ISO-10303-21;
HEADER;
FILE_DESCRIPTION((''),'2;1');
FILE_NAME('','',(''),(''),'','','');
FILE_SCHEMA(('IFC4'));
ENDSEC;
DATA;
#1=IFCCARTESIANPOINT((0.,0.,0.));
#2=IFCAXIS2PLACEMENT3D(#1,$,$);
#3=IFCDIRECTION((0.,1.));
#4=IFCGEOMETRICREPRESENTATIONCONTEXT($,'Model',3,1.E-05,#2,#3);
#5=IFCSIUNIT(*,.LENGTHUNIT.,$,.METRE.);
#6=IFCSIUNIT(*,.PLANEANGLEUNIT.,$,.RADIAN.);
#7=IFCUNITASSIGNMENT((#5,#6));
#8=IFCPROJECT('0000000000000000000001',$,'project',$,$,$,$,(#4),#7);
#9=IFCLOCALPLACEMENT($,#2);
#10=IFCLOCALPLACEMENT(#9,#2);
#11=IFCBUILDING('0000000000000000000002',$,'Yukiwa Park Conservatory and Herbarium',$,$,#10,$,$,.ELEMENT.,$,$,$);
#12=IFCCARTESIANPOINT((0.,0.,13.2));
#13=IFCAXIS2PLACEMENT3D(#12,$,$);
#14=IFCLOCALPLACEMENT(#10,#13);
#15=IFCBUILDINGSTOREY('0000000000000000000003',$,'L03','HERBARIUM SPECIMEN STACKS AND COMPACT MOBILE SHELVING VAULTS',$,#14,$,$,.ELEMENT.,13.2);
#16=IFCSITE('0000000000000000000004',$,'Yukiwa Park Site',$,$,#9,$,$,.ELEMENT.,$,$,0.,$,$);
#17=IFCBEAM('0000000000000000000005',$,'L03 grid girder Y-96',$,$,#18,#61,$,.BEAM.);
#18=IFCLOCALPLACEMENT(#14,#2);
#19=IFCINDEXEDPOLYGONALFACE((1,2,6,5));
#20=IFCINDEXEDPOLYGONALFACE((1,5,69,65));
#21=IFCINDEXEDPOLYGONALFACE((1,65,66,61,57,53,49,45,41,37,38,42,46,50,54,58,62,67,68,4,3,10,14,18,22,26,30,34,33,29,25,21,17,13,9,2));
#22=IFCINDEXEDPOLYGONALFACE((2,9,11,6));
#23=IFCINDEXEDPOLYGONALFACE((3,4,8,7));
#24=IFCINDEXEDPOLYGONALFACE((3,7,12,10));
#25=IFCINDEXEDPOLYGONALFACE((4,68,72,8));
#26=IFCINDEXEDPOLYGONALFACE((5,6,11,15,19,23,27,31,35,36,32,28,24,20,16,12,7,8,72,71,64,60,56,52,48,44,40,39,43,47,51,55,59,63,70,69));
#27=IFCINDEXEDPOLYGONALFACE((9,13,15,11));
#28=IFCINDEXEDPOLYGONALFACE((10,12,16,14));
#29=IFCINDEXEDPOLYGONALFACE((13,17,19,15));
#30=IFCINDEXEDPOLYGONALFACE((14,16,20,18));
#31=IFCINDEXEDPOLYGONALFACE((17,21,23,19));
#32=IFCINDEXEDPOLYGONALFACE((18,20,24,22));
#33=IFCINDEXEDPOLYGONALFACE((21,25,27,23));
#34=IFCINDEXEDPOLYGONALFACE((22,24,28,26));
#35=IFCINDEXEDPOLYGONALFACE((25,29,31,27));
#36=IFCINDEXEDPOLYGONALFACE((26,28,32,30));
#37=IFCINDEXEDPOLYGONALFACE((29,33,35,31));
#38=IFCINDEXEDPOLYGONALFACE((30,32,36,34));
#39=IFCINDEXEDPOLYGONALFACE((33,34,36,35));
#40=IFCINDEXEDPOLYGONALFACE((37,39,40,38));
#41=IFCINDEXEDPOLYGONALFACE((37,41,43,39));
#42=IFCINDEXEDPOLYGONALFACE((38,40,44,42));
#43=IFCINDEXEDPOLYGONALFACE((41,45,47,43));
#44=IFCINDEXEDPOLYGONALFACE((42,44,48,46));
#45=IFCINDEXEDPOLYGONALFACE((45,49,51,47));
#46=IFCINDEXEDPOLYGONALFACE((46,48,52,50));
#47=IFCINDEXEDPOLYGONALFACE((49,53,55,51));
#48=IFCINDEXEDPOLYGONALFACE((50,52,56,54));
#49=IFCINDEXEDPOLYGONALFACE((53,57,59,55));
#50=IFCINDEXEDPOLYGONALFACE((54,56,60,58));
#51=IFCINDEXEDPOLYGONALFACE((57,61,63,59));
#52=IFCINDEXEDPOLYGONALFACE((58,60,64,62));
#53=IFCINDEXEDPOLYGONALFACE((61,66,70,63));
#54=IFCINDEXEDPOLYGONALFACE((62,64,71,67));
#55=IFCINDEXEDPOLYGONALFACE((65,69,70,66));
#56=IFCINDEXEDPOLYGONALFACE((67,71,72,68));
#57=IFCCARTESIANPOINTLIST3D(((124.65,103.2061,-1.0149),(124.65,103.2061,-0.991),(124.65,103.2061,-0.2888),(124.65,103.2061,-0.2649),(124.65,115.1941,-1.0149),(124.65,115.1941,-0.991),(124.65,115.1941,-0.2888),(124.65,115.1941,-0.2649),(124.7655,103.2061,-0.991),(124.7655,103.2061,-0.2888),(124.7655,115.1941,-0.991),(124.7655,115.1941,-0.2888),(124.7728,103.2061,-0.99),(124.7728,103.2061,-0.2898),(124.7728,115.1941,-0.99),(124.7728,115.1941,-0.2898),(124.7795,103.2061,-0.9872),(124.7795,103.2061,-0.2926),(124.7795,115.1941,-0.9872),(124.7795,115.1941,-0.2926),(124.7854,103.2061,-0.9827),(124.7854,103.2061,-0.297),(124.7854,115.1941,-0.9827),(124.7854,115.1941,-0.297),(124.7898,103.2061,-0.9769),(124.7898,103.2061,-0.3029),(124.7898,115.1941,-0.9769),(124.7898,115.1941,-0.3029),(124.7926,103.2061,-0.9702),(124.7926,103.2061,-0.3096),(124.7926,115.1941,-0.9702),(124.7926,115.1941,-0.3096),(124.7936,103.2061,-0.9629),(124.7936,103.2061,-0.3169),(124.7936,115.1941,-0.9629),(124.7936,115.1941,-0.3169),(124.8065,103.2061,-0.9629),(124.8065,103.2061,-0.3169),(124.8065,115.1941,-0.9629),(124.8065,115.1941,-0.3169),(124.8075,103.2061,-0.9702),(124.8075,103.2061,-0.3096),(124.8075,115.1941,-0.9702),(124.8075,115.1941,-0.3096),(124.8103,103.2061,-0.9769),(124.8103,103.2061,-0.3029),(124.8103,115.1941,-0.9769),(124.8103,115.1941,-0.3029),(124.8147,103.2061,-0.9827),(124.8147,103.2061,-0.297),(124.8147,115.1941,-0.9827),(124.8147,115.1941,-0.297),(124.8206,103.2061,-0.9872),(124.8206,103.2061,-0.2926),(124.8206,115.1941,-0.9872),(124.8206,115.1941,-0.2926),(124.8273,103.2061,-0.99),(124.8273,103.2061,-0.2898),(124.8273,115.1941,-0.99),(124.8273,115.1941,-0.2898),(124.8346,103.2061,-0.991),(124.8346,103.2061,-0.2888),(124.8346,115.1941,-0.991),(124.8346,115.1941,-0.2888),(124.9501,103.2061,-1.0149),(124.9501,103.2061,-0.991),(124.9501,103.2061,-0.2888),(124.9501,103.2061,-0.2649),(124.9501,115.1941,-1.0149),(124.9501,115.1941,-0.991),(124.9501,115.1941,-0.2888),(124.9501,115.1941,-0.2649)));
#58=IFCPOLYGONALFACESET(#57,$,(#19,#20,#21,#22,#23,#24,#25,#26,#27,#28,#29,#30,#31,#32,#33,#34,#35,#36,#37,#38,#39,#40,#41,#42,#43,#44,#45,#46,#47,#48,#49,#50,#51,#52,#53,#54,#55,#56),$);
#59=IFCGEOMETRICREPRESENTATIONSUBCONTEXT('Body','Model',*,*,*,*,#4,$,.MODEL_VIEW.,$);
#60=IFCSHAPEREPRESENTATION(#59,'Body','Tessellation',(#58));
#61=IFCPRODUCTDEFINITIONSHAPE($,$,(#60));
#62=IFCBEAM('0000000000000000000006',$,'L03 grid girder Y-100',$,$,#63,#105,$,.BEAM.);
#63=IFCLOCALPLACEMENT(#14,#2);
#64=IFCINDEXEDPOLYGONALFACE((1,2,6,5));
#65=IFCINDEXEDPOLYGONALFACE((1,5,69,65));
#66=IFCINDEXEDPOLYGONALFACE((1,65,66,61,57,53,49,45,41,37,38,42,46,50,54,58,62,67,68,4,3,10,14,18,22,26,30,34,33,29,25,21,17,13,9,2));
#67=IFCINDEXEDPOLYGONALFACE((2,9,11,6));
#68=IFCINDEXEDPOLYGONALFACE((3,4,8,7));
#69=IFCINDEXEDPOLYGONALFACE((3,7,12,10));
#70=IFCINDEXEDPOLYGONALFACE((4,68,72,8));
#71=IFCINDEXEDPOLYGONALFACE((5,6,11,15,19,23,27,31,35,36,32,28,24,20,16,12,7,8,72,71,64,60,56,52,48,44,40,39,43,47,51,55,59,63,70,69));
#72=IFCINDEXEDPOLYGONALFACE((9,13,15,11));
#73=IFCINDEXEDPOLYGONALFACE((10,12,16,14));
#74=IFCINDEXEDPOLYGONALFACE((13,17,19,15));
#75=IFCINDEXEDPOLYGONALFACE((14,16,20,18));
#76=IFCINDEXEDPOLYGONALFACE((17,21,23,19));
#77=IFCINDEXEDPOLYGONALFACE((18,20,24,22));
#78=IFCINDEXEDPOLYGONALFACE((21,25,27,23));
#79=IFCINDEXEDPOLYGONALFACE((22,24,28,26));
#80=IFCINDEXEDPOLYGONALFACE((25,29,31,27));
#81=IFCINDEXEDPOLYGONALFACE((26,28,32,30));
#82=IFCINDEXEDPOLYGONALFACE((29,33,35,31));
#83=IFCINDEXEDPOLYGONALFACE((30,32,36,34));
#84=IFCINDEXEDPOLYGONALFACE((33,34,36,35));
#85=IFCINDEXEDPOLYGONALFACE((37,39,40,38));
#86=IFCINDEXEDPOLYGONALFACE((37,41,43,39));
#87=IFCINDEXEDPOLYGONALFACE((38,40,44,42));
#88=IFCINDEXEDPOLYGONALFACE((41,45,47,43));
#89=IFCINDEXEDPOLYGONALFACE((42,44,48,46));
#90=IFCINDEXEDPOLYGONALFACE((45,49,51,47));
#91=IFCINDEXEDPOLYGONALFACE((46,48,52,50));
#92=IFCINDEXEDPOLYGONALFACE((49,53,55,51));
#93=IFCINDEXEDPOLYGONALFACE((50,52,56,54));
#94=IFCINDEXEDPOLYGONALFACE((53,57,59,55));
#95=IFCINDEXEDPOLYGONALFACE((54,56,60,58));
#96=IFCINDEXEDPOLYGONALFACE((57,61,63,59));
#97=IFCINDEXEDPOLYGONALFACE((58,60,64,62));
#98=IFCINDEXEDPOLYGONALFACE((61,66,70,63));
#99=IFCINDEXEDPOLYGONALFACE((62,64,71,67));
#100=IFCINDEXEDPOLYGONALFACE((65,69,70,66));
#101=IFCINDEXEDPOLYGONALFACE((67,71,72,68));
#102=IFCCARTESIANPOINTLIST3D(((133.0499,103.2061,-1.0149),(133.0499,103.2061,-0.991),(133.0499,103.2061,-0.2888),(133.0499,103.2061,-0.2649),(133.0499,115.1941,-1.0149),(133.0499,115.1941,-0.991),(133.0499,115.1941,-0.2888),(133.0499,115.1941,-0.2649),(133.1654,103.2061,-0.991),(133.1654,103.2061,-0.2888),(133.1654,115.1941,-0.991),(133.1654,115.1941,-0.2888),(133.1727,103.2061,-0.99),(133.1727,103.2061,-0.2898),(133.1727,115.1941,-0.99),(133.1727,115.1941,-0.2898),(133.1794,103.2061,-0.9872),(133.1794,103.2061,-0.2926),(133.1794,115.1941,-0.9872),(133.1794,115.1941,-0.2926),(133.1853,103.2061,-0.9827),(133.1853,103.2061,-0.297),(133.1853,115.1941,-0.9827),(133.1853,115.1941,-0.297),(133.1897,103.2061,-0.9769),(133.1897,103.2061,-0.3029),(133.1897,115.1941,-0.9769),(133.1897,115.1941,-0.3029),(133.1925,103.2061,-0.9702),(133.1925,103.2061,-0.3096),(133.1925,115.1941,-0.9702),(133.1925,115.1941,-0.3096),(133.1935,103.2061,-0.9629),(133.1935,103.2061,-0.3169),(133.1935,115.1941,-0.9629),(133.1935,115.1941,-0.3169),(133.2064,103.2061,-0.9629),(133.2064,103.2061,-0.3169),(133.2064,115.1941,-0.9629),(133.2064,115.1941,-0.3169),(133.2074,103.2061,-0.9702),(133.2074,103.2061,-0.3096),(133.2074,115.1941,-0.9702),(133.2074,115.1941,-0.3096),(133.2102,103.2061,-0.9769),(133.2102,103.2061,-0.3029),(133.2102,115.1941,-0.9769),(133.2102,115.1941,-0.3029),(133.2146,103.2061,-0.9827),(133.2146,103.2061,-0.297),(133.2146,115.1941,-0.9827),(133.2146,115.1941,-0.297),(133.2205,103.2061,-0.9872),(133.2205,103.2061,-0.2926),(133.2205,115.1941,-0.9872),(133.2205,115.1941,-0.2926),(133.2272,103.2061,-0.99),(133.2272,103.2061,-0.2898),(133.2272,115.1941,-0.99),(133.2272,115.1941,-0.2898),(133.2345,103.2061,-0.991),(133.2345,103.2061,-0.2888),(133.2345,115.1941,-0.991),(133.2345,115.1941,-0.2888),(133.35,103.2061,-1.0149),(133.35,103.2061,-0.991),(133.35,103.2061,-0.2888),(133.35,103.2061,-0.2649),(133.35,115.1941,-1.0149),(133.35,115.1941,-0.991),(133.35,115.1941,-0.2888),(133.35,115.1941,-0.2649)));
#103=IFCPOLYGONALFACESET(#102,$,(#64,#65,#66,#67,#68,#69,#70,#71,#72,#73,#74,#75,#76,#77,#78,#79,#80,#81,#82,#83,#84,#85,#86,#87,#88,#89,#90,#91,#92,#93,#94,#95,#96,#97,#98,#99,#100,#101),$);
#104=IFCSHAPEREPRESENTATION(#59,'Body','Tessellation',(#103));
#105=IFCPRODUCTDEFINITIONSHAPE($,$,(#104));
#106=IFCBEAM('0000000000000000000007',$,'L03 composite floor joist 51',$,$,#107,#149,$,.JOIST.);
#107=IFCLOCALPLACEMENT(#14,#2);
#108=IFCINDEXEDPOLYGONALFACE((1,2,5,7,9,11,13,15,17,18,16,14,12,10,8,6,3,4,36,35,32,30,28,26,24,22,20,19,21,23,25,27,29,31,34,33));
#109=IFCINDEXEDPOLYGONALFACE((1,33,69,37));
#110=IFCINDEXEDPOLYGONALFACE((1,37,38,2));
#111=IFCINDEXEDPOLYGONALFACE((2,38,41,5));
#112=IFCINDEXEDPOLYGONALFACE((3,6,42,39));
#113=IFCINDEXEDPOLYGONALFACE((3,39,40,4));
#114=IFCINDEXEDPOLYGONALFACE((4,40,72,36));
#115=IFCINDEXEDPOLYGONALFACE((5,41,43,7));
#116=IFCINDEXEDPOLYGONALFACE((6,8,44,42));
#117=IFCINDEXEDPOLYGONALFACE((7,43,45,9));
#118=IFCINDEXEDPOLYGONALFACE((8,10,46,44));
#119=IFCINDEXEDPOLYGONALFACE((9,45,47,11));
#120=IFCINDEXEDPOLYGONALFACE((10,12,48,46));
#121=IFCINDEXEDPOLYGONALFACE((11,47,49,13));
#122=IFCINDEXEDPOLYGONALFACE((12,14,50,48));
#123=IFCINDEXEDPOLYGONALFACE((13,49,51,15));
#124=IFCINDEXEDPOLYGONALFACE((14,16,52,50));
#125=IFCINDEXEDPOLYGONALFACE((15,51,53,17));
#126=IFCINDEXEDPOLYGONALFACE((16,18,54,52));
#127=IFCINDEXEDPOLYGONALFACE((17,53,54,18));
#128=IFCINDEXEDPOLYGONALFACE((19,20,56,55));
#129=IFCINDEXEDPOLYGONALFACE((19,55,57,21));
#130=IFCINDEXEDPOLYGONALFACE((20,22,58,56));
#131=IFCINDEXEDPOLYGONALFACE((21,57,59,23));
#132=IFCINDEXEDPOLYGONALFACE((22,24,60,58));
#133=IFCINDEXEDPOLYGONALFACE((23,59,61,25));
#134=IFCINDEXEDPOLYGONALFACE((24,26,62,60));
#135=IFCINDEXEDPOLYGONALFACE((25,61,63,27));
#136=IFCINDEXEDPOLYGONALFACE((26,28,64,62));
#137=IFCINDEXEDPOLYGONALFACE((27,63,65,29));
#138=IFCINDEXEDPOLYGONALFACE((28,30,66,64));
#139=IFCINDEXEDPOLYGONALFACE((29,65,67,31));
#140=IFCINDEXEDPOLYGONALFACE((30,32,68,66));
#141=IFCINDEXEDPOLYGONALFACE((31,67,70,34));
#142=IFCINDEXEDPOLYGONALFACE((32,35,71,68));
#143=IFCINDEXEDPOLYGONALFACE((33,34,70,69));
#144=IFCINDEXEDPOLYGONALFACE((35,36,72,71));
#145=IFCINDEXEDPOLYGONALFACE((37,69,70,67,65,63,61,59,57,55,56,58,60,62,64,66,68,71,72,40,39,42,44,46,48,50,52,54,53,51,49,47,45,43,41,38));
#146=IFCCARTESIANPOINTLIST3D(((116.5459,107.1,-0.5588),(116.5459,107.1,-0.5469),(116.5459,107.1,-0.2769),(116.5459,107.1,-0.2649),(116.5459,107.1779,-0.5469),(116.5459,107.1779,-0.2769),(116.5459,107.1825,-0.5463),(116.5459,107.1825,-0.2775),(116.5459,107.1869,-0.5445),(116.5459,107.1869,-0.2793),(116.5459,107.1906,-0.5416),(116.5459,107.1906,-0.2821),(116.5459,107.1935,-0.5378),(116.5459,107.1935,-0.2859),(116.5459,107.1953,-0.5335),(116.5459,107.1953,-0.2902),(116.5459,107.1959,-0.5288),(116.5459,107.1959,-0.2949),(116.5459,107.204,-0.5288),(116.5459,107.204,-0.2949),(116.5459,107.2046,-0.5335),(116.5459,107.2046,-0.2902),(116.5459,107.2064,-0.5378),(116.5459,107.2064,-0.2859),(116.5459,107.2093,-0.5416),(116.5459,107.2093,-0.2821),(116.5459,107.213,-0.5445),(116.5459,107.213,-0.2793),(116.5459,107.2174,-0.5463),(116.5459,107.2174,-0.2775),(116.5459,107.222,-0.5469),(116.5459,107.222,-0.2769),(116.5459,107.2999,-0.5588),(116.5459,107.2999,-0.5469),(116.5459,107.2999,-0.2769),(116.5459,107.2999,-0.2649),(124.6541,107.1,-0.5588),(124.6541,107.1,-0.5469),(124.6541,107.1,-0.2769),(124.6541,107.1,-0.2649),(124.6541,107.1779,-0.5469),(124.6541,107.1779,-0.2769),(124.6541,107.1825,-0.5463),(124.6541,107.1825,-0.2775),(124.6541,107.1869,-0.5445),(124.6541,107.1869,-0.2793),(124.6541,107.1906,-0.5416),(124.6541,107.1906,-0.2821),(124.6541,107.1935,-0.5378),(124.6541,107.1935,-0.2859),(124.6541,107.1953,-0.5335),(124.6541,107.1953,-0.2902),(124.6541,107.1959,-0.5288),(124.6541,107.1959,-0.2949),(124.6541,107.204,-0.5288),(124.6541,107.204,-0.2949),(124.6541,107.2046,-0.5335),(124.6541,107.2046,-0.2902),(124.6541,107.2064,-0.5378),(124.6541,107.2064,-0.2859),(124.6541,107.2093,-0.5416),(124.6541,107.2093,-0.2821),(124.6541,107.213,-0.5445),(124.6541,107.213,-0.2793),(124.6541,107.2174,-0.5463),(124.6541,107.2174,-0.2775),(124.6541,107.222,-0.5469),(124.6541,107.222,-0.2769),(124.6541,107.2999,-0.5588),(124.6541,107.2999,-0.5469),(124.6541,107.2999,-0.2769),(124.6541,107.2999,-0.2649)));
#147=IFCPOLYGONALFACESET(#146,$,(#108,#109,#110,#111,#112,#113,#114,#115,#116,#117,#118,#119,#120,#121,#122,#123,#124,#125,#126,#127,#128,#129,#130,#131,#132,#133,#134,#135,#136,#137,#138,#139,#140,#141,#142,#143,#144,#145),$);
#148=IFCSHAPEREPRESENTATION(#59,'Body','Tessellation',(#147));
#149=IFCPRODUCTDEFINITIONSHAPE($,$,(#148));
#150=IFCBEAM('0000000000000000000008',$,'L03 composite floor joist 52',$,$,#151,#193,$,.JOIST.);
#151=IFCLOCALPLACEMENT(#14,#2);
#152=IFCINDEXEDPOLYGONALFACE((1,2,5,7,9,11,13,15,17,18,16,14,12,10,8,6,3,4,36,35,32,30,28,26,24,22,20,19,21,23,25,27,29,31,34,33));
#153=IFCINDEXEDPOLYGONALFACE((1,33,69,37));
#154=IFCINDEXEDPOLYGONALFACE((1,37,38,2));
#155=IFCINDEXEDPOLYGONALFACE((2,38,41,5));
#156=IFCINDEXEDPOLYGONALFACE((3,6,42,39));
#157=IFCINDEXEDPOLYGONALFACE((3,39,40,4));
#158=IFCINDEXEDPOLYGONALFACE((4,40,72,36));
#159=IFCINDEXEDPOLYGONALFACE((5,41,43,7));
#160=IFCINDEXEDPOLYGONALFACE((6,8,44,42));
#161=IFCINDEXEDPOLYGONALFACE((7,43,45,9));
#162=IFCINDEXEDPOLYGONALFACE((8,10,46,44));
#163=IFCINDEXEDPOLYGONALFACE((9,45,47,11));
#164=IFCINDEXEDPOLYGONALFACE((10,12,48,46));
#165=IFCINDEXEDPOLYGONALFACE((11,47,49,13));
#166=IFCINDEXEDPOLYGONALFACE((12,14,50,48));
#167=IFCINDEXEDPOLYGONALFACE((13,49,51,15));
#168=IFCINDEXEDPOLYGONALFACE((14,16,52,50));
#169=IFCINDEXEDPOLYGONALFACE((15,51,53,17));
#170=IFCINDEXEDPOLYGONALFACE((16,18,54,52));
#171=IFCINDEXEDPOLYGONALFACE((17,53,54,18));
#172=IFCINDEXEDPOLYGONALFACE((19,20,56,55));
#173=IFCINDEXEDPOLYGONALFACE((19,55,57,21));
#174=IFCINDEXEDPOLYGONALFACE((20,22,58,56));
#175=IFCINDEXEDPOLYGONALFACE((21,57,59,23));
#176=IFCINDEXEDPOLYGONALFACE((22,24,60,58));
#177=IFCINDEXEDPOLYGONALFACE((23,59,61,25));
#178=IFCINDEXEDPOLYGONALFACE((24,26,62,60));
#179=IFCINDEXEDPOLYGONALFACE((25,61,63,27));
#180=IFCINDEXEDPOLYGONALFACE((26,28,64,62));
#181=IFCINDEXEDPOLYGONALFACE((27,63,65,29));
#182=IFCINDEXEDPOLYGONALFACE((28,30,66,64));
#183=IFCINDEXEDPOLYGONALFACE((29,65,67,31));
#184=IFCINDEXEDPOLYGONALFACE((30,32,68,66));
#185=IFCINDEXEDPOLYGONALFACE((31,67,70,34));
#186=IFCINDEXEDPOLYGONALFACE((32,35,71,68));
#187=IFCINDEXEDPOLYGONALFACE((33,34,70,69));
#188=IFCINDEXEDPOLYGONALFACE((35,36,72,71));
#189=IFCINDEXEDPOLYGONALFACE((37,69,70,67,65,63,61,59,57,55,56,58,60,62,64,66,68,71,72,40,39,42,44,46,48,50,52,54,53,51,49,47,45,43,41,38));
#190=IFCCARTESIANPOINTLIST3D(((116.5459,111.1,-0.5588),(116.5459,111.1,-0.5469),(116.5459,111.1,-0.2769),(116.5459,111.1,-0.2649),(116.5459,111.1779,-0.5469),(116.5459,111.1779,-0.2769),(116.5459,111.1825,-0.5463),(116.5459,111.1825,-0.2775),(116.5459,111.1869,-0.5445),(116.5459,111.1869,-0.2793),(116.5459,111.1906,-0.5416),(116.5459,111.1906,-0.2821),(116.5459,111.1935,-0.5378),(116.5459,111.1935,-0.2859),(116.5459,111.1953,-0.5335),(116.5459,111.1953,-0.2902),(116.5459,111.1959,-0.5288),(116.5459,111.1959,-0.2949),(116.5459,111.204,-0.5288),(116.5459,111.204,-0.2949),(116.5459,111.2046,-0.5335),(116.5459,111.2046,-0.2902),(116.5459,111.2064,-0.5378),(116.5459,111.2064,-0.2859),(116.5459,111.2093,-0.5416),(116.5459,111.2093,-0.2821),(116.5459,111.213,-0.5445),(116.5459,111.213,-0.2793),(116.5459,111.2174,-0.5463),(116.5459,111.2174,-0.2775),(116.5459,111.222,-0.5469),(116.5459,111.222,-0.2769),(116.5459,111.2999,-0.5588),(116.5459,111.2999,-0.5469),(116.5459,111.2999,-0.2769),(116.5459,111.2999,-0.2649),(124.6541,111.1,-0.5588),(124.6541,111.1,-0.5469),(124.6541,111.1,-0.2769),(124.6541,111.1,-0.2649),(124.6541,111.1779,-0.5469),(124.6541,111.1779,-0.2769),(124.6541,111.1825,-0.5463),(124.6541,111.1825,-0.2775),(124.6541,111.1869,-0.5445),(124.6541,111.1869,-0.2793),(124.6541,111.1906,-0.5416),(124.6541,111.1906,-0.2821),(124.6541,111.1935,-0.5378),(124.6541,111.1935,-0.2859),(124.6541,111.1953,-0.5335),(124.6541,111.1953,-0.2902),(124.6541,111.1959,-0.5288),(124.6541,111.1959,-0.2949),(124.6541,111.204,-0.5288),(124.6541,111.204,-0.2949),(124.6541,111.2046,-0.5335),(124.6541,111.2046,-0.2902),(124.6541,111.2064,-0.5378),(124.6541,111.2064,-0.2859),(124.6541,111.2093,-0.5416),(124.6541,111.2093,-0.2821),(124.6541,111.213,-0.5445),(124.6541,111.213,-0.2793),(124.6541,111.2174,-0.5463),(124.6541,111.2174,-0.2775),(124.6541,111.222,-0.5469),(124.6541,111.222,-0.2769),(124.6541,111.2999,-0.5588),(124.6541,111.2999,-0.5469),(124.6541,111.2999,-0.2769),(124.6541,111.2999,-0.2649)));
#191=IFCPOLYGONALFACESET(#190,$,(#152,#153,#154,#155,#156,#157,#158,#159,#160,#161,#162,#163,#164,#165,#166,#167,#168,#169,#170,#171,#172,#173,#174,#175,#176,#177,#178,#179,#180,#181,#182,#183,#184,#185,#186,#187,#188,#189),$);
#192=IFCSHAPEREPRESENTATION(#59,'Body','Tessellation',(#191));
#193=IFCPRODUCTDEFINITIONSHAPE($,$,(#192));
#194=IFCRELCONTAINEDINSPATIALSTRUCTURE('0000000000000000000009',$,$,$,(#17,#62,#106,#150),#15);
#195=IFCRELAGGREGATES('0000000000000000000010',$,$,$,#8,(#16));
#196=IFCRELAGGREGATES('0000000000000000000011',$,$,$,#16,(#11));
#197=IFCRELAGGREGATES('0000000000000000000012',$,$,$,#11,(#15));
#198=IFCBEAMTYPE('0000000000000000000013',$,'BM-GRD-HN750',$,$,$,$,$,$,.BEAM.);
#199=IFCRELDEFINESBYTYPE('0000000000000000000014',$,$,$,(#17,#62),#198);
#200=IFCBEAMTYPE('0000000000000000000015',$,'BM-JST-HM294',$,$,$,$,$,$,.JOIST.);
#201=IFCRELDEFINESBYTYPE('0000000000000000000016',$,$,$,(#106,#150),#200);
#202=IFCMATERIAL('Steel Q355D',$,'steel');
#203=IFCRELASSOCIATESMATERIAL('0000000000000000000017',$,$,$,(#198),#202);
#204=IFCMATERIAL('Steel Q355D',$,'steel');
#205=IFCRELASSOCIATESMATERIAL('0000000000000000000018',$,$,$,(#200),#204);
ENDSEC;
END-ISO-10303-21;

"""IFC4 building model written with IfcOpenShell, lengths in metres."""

from ifc_helpers import new_model, si_unit, direction, frame, origin, origin_2d, place, context, subcontext, project, spatial, i_section, extrude, material, material_profile, profile_set, type_object, element, save


model = new_model("IFC4")

# Units and contexts
model_context = context("Model", 3, precision=1e-05, world=origin(), true_north=direction((0.0, 1.0)))
body_context = subcontext(model_context, "Body", "Model", "MODEL_VIEW")
ifc_project = project(units=[si_unit("LENGTHUNIT", "METRE"), si_unit("PLANEANGLEUNIT", "RADIAN")], contexts=[model_context])

# Site, building, storey
site_placement = place(None, origin())
site = spatial("IfcSite", under=ifc_project, at=site_placement, Name="Yukiwa Park Site", CompositionType="ELEMENT", RefElevation=0.0)
building_placement = place(site_placement, origin())
building = spatial("IfcBuilding", under=site, at=building_placement, Name="Yukiwa Park Conservatory and Herbarium", CompositionType="ELEMENT")
storey_placement = place(building_placement, frame((0.0, 0.0, 13.2)))
storey = spatial("IfcBuildingStorey", under=building, at=storey_placement, Name="L03", Description="HERBARIUM SPECIMEN STACKS AND COMPACT MOBILE SHELVING VAULTS", CompositionType="ELEMENT", Elevation=13.2)

# Beams
ifc_material_1 = material(Name="Steel Q355D", Category="steel")
ifc_material_profile_1 = material_profile(ifc_material_1, i_section(OverallWidth=0.3, OverallDepth=0.75, WebThickness=0.0129, FlangeThickness=0.0239, FilletRadius=0.0281, at=origin_2d()), Name="HN 750x300x13x24")
ifc_profile_set_1 = profile_set([ifc_material_profile_1], Name="Steel Q355D")
beam_type_1 = type_object("IfcBeamType", Name="BM-GRD-HN750", PredefinedType="BEAM", material=ifc_profile_set_1)
for number, where, z_axis, x_axis, name in (
    (1, (124.8, 103.2061, -0.6399), (0.0, 1.0, 0.0), (-1.0, 0.0, 0.0), "L03 grid girder Y-96"),
    (2, (133.2, 103.2061, -0.6399), (0.0, 1.0, 0.0), (-1.0, 0.0, 0.0), "L03 grid girder Y-100"),
):
    element("IfcBeam", number, at=place(storey_placement, frame(where, z_axis=z_axis, x_axis=x_axis)), inside=storey, type_object=beam_type_1, Name=name, PredefinedType="BEAM", context=body_context, shape_type="SweptSolid", body=[
        extrude(i_section(OverallWidth=0.3, OverallDepth=0.75, WebThickness=0.0129, FlangeThickness=0.0239, FilletRadius=0.0281, at=origin_2d()), origin(), (0.0, 0.0, 1.0), 11.988),
    ])
ifc_material_2 = material(Name="Steel Q355D", Category="steel")
ifc_material_profile_2 = material_profile(ifc_material_2, i_section(OverallWidth=0.2, OverallDepth=0.2939, WebThickness=0.0081, FlangeThickness=0.012, FilletRadius=0.0181, at=origin_2d()), Name="HM 294x200x8x12")
ifc_profile_set_2 = profile_set([ifc_material_profile_2], Name="Steel Q355D")
beam_type_2 = type_object("IfcBeamType", Name="BM-JST-HM294", PredefinedType="JOIST", material=ifc_profile_set_2)
for number, where, z_axis, x_axis, name in (
    (3, (116.5459, 107.2, -0.4119), (1.0, 0.0, 0.0), (0.0, 1.0, 0.0), "L03 composite floor joist 51"),
    (4, (116.5459, 111.2, -0.4119), (1.0, 0.0, 0.0), (0.0, 1.0, 0.0), "L03 composite floor joist 52"),
):
    element("IfcBeam", number, at=place(storey_placement, frame(where, z_axis=z_axis, x_axis=x_axis)), inside=storey, type_object=beam_type_2, Name=name, PredefinedType="JOIST", context=body_context, shape_type="SweptSolid", body=[
        extrude(i_section(OverallWidth=0.2, OverallDepth=0.2939, WebThickness=0.0081, FlangeThickness=0.012, FilletRadius=0.0181, at=origin_2d()), origin(), (0.0, 0.0, 1.0), 8.1082),
    ])

save(model, "model.ifc")
